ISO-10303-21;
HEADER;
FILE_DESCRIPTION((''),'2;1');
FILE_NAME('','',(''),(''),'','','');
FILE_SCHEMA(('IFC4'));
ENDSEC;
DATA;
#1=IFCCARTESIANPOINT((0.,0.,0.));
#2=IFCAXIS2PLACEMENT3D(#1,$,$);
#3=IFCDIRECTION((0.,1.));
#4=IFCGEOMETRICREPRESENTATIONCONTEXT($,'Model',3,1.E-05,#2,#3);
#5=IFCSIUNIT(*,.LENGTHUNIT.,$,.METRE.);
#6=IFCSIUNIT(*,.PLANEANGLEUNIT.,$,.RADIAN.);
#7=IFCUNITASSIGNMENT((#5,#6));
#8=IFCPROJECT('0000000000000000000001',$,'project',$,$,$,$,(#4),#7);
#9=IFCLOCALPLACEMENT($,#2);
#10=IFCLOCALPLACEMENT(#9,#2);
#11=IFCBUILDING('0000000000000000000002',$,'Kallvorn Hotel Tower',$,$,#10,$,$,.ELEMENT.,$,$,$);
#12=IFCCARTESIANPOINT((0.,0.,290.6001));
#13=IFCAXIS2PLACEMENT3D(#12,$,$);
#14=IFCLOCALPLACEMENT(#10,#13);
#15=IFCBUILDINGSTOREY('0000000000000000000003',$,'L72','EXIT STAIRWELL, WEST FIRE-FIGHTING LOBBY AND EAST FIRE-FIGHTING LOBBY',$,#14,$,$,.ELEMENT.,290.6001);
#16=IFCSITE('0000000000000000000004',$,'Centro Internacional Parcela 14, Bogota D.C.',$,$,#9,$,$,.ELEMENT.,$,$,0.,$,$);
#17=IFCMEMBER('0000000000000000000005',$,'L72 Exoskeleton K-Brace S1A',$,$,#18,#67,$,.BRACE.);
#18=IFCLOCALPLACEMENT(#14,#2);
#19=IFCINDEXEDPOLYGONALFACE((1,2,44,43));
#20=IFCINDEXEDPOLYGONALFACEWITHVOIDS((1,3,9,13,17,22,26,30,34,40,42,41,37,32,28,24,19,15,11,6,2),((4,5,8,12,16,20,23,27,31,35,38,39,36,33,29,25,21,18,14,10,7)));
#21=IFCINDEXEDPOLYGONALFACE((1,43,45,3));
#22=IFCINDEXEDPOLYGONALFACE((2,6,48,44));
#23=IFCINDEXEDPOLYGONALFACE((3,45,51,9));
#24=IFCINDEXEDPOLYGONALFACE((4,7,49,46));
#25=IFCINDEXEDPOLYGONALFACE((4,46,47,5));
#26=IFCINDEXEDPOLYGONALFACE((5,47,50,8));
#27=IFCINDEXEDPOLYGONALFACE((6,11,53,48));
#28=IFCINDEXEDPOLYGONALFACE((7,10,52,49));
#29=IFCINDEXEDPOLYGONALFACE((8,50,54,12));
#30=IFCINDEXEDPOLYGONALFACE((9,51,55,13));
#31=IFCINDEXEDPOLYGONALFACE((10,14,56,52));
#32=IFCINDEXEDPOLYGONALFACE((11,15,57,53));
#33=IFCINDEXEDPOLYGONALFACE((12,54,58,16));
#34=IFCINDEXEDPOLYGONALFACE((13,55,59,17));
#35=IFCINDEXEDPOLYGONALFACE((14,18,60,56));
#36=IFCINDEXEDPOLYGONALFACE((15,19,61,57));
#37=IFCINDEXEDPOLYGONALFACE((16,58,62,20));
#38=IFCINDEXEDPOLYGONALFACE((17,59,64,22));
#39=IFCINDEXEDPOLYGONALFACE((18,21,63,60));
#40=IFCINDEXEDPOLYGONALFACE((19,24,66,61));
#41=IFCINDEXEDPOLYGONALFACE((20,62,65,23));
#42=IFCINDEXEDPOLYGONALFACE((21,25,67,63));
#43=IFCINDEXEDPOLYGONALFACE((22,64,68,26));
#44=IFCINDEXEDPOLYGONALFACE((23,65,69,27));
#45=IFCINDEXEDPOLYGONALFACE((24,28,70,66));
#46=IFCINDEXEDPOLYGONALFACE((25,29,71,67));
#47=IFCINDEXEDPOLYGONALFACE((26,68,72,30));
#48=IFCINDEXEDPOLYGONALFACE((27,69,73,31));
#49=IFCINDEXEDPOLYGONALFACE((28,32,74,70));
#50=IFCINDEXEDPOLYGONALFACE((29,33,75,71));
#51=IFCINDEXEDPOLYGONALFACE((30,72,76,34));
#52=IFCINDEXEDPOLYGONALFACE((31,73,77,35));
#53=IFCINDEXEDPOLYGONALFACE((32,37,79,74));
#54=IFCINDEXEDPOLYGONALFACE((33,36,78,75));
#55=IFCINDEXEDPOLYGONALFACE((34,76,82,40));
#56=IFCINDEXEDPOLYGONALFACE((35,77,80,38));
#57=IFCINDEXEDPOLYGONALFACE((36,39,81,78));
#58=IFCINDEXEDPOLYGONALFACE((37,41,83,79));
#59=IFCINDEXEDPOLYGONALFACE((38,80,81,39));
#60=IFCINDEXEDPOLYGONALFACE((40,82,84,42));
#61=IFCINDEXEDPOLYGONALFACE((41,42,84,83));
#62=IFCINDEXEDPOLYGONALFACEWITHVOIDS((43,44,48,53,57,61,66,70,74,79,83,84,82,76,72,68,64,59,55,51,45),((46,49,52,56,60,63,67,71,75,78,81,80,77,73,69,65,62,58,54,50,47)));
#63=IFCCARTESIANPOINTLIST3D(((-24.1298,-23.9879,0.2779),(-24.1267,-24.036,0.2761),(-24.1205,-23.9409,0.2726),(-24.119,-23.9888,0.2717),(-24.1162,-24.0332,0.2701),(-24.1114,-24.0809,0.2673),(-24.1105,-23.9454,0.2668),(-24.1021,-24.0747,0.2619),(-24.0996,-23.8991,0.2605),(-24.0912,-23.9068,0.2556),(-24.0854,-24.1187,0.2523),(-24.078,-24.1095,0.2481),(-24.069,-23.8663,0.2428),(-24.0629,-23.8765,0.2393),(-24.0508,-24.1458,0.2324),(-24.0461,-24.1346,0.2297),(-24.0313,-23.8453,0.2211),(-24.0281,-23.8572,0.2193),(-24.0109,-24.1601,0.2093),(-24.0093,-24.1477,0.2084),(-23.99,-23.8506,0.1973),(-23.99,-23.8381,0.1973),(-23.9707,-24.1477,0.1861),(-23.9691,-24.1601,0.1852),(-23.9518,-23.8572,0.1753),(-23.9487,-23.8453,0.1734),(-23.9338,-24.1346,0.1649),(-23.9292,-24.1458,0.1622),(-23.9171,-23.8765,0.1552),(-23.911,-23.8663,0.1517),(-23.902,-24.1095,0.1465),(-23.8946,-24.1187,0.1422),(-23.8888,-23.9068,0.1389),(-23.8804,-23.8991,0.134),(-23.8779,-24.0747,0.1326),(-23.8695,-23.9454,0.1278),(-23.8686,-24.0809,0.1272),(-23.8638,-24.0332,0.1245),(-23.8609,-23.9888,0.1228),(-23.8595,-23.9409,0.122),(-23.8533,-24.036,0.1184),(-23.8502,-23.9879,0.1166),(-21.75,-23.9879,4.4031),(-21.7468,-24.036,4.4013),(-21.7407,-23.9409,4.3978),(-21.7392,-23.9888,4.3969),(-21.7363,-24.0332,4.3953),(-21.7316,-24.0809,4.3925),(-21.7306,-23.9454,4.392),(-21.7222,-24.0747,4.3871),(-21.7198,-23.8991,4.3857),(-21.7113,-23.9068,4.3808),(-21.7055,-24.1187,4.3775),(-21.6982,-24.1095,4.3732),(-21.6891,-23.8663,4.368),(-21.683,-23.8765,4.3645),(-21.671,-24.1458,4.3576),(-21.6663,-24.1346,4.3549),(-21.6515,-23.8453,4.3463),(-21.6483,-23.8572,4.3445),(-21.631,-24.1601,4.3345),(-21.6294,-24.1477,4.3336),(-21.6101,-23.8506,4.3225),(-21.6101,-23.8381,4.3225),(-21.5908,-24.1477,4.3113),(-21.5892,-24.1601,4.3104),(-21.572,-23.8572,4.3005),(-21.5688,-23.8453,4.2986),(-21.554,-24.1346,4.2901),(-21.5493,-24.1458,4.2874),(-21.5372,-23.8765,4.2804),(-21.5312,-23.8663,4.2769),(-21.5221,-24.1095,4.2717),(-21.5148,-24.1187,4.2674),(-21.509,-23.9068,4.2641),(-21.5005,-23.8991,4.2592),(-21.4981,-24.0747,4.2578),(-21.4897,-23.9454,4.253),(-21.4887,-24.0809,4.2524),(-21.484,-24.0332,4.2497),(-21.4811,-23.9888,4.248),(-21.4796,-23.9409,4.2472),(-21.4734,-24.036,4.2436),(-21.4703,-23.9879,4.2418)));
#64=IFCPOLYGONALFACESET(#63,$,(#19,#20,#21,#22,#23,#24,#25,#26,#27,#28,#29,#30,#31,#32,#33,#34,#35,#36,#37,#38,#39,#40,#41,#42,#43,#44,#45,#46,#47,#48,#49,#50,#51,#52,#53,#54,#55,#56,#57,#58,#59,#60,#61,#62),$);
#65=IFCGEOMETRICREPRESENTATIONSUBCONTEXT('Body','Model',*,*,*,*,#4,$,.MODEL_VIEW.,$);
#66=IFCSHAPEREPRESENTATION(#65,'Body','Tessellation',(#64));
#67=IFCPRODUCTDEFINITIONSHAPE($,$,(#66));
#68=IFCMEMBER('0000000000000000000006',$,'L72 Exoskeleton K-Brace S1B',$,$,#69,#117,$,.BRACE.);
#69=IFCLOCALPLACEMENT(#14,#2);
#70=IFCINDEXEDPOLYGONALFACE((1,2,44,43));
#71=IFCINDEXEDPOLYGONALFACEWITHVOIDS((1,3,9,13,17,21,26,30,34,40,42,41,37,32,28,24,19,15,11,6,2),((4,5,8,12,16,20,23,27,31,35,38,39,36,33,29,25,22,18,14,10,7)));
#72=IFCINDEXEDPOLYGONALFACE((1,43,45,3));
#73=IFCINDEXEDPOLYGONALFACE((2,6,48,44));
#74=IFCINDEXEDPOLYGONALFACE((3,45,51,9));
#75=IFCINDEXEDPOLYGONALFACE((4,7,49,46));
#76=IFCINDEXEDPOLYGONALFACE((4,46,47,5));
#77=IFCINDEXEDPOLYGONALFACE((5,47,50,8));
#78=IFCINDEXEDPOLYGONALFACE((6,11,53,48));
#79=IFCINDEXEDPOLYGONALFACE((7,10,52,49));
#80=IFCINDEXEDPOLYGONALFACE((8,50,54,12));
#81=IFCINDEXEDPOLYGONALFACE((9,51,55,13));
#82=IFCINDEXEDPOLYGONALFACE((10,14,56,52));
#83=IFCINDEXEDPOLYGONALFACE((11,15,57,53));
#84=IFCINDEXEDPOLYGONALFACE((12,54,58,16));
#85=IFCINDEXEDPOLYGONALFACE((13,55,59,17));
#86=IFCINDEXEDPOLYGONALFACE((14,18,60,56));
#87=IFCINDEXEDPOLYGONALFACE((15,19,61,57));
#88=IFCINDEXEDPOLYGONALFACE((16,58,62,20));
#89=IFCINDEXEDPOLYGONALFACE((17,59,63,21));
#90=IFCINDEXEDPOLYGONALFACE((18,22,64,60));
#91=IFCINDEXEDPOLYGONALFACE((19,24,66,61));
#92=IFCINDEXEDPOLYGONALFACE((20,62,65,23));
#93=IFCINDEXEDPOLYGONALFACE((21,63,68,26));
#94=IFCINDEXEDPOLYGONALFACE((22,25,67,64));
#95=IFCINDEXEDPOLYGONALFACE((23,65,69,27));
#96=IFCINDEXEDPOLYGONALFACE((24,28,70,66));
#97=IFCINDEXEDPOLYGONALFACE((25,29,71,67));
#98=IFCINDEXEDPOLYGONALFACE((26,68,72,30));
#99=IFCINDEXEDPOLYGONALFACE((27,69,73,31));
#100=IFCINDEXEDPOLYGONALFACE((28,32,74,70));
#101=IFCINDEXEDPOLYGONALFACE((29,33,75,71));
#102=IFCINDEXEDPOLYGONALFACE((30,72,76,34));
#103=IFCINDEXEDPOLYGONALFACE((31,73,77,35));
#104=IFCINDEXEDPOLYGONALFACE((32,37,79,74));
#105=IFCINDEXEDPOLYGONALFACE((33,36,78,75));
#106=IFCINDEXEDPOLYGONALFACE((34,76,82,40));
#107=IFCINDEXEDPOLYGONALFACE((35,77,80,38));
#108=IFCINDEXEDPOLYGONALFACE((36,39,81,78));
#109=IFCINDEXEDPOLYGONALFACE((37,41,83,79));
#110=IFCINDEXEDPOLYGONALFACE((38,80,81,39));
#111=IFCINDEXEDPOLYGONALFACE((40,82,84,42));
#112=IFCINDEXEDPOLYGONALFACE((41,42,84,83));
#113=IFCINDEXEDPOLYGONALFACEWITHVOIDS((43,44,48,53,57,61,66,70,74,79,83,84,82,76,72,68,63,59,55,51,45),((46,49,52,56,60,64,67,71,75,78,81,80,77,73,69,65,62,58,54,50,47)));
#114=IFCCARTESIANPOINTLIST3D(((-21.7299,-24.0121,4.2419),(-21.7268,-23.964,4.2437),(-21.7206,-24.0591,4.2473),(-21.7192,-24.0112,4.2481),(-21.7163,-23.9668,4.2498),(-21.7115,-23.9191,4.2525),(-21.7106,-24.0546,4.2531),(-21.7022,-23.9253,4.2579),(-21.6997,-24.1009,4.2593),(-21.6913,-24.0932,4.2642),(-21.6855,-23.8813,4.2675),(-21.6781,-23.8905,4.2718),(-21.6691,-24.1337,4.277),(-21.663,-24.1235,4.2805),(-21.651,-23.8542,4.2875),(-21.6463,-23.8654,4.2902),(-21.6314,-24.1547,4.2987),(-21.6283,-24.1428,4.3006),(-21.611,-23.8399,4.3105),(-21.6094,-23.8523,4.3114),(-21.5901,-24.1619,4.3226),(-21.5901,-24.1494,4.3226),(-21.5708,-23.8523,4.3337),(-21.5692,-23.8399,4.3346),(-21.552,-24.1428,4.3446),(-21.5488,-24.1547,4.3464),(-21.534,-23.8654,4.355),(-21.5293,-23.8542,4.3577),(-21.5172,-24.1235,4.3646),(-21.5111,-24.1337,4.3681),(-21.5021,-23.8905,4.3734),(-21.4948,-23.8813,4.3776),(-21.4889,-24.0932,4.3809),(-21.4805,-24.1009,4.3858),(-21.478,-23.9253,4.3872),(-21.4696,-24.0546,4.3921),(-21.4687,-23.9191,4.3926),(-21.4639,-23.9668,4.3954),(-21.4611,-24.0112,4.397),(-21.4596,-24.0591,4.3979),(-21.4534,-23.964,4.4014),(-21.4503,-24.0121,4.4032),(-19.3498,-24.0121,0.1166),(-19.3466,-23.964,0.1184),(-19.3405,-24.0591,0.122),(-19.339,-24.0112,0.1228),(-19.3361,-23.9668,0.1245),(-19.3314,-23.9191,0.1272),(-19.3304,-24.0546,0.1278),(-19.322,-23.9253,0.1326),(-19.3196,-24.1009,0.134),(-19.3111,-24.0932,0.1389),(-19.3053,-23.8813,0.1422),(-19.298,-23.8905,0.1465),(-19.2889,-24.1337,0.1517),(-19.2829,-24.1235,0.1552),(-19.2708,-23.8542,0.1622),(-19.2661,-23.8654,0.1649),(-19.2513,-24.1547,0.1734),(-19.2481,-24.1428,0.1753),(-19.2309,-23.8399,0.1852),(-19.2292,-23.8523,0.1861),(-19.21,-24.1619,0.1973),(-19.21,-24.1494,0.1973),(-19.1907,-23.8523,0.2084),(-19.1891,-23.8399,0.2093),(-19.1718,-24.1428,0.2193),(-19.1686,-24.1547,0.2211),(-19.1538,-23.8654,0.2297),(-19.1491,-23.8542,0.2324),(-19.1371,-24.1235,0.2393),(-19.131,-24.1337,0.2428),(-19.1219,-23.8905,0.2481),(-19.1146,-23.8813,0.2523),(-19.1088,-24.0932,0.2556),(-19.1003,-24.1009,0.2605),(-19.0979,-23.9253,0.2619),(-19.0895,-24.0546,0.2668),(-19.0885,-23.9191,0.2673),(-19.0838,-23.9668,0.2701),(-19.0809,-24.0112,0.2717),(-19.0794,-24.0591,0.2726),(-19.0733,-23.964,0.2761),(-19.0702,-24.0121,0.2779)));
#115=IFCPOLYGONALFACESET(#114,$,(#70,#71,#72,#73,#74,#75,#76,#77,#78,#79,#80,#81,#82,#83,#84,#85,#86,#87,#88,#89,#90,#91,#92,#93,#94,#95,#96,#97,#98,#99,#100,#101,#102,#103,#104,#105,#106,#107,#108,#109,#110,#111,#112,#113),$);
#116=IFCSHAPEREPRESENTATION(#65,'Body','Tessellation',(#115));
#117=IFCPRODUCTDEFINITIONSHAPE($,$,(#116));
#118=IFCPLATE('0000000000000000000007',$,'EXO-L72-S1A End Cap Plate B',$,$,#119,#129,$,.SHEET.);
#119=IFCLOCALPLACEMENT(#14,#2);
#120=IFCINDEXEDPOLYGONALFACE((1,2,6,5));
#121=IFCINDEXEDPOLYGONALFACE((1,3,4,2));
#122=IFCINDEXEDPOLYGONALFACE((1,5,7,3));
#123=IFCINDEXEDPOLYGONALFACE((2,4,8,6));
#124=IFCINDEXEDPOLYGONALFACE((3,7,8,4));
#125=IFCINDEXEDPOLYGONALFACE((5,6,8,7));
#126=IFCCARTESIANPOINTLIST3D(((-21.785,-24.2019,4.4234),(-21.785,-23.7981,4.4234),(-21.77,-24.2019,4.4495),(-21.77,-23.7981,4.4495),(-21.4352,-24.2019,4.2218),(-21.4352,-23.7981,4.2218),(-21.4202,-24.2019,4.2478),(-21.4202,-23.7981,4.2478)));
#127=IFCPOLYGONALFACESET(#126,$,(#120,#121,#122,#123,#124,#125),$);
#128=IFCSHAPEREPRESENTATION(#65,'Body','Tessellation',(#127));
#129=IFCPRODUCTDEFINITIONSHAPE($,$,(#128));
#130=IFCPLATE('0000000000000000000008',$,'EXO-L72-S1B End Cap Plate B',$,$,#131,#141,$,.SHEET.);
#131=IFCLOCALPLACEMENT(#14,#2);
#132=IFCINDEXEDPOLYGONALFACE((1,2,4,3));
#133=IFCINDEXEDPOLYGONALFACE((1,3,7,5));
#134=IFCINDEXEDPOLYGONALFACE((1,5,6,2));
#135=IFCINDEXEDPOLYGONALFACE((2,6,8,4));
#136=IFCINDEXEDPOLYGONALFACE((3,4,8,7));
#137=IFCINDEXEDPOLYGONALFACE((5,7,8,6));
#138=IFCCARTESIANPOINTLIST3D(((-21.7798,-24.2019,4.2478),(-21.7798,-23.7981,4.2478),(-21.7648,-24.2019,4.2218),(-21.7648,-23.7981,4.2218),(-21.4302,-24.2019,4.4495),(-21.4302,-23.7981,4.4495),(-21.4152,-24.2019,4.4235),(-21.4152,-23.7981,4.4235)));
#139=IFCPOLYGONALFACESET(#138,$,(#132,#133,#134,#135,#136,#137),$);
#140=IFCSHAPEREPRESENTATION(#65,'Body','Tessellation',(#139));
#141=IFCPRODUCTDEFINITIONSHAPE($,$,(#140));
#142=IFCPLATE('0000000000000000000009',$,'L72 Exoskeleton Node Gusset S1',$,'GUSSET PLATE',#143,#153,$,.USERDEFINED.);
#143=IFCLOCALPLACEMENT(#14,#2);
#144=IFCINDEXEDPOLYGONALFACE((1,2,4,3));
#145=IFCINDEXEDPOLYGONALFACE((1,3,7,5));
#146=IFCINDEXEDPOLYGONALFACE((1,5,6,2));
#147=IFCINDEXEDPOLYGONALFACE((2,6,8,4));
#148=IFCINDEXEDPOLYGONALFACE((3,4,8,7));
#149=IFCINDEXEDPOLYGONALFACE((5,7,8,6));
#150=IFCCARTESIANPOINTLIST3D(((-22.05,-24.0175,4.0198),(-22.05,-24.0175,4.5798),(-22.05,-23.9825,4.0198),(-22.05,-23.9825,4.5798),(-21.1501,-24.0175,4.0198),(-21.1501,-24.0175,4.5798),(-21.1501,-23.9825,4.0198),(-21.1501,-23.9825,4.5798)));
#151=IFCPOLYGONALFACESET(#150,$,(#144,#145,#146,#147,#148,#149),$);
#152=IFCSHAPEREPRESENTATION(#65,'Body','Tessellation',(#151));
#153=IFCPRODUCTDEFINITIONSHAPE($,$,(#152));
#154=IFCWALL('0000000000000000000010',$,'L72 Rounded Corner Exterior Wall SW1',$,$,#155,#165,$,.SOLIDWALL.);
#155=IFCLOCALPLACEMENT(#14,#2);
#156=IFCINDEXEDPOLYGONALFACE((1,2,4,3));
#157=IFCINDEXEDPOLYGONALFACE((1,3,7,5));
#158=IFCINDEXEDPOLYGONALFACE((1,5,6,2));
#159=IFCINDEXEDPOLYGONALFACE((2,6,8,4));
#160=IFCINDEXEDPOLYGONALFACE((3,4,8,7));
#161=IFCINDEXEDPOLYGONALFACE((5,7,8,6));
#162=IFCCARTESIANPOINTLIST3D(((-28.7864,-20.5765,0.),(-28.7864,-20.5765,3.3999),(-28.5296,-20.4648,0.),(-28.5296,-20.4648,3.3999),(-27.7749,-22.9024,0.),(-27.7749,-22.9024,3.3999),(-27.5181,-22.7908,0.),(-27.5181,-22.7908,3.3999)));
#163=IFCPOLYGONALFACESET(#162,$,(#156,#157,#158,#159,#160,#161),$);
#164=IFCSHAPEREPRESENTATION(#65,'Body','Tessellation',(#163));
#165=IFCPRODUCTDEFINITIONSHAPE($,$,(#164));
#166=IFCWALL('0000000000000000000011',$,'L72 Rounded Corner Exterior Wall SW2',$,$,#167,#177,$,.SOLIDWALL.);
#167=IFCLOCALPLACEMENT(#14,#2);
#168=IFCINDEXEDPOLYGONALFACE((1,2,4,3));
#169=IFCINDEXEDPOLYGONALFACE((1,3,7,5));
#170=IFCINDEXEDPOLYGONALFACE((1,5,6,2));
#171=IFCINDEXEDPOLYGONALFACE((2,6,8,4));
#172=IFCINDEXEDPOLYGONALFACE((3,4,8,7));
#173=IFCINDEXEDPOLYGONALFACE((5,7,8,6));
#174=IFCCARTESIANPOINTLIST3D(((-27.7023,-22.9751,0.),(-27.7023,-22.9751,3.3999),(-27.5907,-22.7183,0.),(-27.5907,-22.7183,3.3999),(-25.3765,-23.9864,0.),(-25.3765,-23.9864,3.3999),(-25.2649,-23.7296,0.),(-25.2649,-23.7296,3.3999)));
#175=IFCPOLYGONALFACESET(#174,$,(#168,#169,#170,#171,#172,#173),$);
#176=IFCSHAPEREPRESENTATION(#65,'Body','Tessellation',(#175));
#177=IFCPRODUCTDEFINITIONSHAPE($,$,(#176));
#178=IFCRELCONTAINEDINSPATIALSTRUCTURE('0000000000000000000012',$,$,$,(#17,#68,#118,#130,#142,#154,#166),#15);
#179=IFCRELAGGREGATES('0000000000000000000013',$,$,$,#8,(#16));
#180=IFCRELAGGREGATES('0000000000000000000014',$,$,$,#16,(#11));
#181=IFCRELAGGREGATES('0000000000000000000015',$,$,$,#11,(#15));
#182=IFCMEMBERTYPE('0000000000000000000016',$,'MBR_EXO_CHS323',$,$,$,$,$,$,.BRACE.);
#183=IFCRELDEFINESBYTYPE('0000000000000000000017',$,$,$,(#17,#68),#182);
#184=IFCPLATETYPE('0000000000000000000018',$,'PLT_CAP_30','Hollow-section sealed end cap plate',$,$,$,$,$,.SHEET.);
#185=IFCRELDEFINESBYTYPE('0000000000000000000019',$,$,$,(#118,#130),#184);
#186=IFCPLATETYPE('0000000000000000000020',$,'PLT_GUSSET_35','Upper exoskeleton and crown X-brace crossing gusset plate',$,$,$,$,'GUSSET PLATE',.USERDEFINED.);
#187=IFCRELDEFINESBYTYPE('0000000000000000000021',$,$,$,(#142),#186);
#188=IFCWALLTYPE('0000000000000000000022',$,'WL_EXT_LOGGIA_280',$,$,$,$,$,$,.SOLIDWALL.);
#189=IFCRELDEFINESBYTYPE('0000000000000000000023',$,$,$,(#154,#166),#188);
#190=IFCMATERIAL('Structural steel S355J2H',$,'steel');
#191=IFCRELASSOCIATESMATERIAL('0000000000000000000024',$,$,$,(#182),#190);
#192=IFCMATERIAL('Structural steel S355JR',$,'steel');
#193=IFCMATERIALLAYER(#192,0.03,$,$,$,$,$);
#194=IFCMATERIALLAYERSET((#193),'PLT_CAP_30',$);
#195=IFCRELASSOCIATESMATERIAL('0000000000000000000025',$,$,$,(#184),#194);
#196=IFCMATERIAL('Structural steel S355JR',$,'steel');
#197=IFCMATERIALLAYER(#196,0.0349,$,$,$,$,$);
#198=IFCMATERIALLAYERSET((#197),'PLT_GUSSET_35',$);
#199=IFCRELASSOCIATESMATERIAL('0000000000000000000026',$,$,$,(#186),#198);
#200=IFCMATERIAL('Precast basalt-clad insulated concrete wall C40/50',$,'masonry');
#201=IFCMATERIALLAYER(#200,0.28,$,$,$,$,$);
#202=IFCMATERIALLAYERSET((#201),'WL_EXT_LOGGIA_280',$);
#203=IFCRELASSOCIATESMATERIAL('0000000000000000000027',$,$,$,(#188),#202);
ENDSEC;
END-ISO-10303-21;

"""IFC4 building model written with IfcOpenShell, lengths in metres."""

from ifc_helpers import new_model, si_unit, direction, frame, frame_2d, origin, origin_2d, place, context, subcontext, project, spatial, polyline, rectangle, hollow_circle, outline, extrude, material, layer, layer_set, material_profile, profile_set, type_object, element, save


model = new_model("IFC4")

# Units and contexts
model_context = context("Model", 3, precision=1e-05, world=origin(), true_north=direction((0.0, 1.0)))
body_context = subcontext(model_context, "Body", "Model", "MODEL_VIEW")
ifc_project = project(units=[si_unit("LENGTHUNIT", "METRE"), si_unit("PLANEANGLEUNIT", "RADIAN")], contexts=[model_context])

# Site, building, storey
site_placement = place(None, origin())
site = spatial("IfcSite", under=ifc_project, at=site_placement, Name="Centro Internacional Parcela 14, Bogota D.C.", CompositionType="ELEMENT", RefElevation=0.0)
building_placement = place(site_placement, origin())
building = spatial("IfcBuilding", under=site, at=building_placement, Name="Kallvorn Hotel Tower", CompositionType="ELEMENT")
storey_placement = place(building_placement, frame((0.0, 0.0, 290.6001)))
storey = spatial("IfcBuildingStorey", under=building, at=storey_placement, Name="L72", Description="EXIT STAIRWELL, WEST FIRE-FIGHTING LOBBY AND EAST FIRE-FIGHTING LOBBY", CompositionType="ELEMENT", Elevation=290.6001)

# Members
ifc_material_1 = material(Name="Structural steel S355J2H", Category="steel")
ifc_material_profile_1 = material_profile(ifc_material_1, hollow_circle(Radius=0.1619, WallThickness=0.0125, at=origin_2d()), Name="CHS 323.9x12.5")
ifc_profile_set_1 = profile_set([ifc_material_profile_1], Name="Structural steel S355J2H")
member_type = type_object("IfcMemberType", Name="MBR_EXO_CHS323", PredefinedType="BRACE", material=ifc_profile_set_1)
member_1_placement = place(storey_placement, frame((-23.99, -24.0, 0.1973), z_axis=(0.499712, 0.0, 0.866192), x_axis=(0.0, 1.0, 0.0)))
element("IfcMember", 1, at=member_1_placement, inside=storey, type_object=member_type, Name="L72 Exoskeleton K-Brace S1A", PredefinedType="BRACE", context=body_context, shape_type="SweptSolid", body=[
    extrude(hollow_circle(Radius=0.1619, WallThickness=0.0125, at=origin_2d()), origin(), (0.0, 0.0, 1.0), 4.7625),
])
member_2_placement = place(storey_placement, frame((-19.21, -24.0, 0.1973), z_axis=(-0.499751, 0.0, 0.866169), x_axis=(0.0, -1.0, 0.0)))
element("IfcMember", 2, at=member_2_placement, inside=storey, type_object=member_type, Name="L72 Exoskeleton K-Brace S1B", PredefinedType="BRACE", context=body_context, shape_type="SweptSolid", body=[
    extrude(hollow_circle(Radius=0.1619, WallThickness=0.0125, at=origin_2d()), origin(), (0.0, 0.0, 1.0), 4.7627),
])

# Plates
ifc_material_2 = material(Name="Structural steel S355JR", Category="steel")
ifc_layer_1 = layer(ifc_material_2, 0.03)
ifc_layer_set_1 = layer_set([ifc_layer_1], Name="PLT_CAP_30")
plate_type_1 = type_object("IfcPlateType", Name="PLT_CAP_30", Description="Hollow-section sealed end cap plate", PredefinedType="SHEET", material=ifc_layer_set_1)
plate_1_placement = place(storey_placement, frame((-21.4202, -24.2019, 4.2478), z_axis=(0.499391, 0.0, 0.866377), x_axis=(0.0, 1.0, 0.0)))
element("IfcPlate", 3, at=plate_1_placement, inside=storey, type_object=plate_type_1, Name="EXO-L72-S1A End Cap Plate B", PredefinedType="SHEET", context=body_context, shape_type="SweptSolid", body=[
    extrude(outline(polyline([(0.0, 0.0), (0.4038, 0.0), (0.4038, 0.4038), (0.0, 0.4038), (0.0, 0.0)])), origin(), (0.0, 0.0, -1.0), 0.03),
])
plate_2_placement = place(storey_placement, frame((-21.7798, -23.7981, 4.2478), z_axis=(-0.499653, 0.0, 0.866226), x_axis=(0.0, -1.0, 0.0)))
element("IfcPlate", 4, at=plate_2_placement, inside=storey, type_object=plate_type_1, Name="EXO-L72-S1B End Cap Plate B", PredefinedType="SHEET", context=body_context, shape_type="SweptSolid", body=[
    extrude(outline(polyline([(0.0, 0.0), (0.4038, 0.0), (0.4038, 0.4036), (0.0, 0.4036), (0.0, 0.0)])), origin(), (0.0, 0.0, -1.0), 0.03),
])
ifc_material_3 = material(Name="Structural steel S355JR", Category="steel")
ifc_layer_2 = layer(ifc_material_3, 0.0349)
ifc_layer_set_2 = layer_set([ifc_layer_2], Name="PLT_GUSSET_35")
plate_type_2 = type_object("IfcPlateType", Name="PLT_GUSSET_35", Description="Upper exoskeleton and crown X-brace crossing gusset plate", ElementType="GUSSET PLATE", PredefinedType="USERDEFINED", material=ifc_layer_set_2)
plate_3_placement = place(storey_placement, frame((-21.6001, -24.0, 4.0198), z_axis=(0.0, 0.0, 1.0), x_axis=(1.0, 0.0, 0.0)))
element("IfcPlate", 5, at=plate_3_placement, inside=storey, type_object=plate_type_2, Name="L72 Exoskeleton Node Gusset S1", ObjectType="GUSSET PLATE", PredefinedType="USERDEFINED", context=body_context, shape_type="SweptSolid", body=[
    extrude(rectangle(XDim=0.8999, YDim=0.0349, at=origin_2d()), origin(), (0.0, 0.0, 1.0), 0.5601),
])

# Walls
ifc_material_4 = material(Name="Precast basalt-clad insulated concrete wall C40/50", Category="masonry")
ifc_layer_3 = layer(ifc_material_4, 0.28)
ifc_layer_set_3 = layer_set([ifc_layer_3], Name="WL_EXT_LOGGIA_280")
wall_type_1 = type_object("IfcWallType", Name="WL_EXT_LOGGIA_280", PredefinedType="SOLIDWALL", material=ifc_layer_set_3)
wall_1_placement = place(storey_placement, frame((-28.658, -20.5208, 0.0), z_axis=(0.0, 0.0, 1.0), x_axis=(0.398793, -0.917041, 0.0)))
element("IfcWall", 6, at=wall_1_placement, inside=storey, type_object=wall_type_1, Name="L72 Rounded Corner Exterior Wall SW1", PredefinedType="SOLIDWALL", context=body_context, shape_type="SweptSolid", body=[
    extrude(rectangle(XDim=2.5364, YDim=0.28, at=frame_2d((1.2681, 0.0))), origin(), (0.0, 0.0, 1.0), 3.3999),
])
wall_2_placement = place(storey_placement, frame((-27.6465, -22.8467, 0.0), z_axis=(0.0, 0.0, 1.0), x_axis=(0.917061, -0.398747, 0.0)))
element("IfcWall", 7, at=wall_2_placement, inside=storey, type_object=wall_type_1, Name="L72 Rounded Corner Exterior Wall SW2", PredefinedType="SOLIDWALL", context=body_context, shape_type="SweptSolid", body=[
    extrude(rectangle(XDim=2.5361, YDim=0.28, at=frame_2d((1.2681, 0.0))), origin(), (0.0, 0.0, 1.0), 3.3999),
])

save(model, "model.ifc")
